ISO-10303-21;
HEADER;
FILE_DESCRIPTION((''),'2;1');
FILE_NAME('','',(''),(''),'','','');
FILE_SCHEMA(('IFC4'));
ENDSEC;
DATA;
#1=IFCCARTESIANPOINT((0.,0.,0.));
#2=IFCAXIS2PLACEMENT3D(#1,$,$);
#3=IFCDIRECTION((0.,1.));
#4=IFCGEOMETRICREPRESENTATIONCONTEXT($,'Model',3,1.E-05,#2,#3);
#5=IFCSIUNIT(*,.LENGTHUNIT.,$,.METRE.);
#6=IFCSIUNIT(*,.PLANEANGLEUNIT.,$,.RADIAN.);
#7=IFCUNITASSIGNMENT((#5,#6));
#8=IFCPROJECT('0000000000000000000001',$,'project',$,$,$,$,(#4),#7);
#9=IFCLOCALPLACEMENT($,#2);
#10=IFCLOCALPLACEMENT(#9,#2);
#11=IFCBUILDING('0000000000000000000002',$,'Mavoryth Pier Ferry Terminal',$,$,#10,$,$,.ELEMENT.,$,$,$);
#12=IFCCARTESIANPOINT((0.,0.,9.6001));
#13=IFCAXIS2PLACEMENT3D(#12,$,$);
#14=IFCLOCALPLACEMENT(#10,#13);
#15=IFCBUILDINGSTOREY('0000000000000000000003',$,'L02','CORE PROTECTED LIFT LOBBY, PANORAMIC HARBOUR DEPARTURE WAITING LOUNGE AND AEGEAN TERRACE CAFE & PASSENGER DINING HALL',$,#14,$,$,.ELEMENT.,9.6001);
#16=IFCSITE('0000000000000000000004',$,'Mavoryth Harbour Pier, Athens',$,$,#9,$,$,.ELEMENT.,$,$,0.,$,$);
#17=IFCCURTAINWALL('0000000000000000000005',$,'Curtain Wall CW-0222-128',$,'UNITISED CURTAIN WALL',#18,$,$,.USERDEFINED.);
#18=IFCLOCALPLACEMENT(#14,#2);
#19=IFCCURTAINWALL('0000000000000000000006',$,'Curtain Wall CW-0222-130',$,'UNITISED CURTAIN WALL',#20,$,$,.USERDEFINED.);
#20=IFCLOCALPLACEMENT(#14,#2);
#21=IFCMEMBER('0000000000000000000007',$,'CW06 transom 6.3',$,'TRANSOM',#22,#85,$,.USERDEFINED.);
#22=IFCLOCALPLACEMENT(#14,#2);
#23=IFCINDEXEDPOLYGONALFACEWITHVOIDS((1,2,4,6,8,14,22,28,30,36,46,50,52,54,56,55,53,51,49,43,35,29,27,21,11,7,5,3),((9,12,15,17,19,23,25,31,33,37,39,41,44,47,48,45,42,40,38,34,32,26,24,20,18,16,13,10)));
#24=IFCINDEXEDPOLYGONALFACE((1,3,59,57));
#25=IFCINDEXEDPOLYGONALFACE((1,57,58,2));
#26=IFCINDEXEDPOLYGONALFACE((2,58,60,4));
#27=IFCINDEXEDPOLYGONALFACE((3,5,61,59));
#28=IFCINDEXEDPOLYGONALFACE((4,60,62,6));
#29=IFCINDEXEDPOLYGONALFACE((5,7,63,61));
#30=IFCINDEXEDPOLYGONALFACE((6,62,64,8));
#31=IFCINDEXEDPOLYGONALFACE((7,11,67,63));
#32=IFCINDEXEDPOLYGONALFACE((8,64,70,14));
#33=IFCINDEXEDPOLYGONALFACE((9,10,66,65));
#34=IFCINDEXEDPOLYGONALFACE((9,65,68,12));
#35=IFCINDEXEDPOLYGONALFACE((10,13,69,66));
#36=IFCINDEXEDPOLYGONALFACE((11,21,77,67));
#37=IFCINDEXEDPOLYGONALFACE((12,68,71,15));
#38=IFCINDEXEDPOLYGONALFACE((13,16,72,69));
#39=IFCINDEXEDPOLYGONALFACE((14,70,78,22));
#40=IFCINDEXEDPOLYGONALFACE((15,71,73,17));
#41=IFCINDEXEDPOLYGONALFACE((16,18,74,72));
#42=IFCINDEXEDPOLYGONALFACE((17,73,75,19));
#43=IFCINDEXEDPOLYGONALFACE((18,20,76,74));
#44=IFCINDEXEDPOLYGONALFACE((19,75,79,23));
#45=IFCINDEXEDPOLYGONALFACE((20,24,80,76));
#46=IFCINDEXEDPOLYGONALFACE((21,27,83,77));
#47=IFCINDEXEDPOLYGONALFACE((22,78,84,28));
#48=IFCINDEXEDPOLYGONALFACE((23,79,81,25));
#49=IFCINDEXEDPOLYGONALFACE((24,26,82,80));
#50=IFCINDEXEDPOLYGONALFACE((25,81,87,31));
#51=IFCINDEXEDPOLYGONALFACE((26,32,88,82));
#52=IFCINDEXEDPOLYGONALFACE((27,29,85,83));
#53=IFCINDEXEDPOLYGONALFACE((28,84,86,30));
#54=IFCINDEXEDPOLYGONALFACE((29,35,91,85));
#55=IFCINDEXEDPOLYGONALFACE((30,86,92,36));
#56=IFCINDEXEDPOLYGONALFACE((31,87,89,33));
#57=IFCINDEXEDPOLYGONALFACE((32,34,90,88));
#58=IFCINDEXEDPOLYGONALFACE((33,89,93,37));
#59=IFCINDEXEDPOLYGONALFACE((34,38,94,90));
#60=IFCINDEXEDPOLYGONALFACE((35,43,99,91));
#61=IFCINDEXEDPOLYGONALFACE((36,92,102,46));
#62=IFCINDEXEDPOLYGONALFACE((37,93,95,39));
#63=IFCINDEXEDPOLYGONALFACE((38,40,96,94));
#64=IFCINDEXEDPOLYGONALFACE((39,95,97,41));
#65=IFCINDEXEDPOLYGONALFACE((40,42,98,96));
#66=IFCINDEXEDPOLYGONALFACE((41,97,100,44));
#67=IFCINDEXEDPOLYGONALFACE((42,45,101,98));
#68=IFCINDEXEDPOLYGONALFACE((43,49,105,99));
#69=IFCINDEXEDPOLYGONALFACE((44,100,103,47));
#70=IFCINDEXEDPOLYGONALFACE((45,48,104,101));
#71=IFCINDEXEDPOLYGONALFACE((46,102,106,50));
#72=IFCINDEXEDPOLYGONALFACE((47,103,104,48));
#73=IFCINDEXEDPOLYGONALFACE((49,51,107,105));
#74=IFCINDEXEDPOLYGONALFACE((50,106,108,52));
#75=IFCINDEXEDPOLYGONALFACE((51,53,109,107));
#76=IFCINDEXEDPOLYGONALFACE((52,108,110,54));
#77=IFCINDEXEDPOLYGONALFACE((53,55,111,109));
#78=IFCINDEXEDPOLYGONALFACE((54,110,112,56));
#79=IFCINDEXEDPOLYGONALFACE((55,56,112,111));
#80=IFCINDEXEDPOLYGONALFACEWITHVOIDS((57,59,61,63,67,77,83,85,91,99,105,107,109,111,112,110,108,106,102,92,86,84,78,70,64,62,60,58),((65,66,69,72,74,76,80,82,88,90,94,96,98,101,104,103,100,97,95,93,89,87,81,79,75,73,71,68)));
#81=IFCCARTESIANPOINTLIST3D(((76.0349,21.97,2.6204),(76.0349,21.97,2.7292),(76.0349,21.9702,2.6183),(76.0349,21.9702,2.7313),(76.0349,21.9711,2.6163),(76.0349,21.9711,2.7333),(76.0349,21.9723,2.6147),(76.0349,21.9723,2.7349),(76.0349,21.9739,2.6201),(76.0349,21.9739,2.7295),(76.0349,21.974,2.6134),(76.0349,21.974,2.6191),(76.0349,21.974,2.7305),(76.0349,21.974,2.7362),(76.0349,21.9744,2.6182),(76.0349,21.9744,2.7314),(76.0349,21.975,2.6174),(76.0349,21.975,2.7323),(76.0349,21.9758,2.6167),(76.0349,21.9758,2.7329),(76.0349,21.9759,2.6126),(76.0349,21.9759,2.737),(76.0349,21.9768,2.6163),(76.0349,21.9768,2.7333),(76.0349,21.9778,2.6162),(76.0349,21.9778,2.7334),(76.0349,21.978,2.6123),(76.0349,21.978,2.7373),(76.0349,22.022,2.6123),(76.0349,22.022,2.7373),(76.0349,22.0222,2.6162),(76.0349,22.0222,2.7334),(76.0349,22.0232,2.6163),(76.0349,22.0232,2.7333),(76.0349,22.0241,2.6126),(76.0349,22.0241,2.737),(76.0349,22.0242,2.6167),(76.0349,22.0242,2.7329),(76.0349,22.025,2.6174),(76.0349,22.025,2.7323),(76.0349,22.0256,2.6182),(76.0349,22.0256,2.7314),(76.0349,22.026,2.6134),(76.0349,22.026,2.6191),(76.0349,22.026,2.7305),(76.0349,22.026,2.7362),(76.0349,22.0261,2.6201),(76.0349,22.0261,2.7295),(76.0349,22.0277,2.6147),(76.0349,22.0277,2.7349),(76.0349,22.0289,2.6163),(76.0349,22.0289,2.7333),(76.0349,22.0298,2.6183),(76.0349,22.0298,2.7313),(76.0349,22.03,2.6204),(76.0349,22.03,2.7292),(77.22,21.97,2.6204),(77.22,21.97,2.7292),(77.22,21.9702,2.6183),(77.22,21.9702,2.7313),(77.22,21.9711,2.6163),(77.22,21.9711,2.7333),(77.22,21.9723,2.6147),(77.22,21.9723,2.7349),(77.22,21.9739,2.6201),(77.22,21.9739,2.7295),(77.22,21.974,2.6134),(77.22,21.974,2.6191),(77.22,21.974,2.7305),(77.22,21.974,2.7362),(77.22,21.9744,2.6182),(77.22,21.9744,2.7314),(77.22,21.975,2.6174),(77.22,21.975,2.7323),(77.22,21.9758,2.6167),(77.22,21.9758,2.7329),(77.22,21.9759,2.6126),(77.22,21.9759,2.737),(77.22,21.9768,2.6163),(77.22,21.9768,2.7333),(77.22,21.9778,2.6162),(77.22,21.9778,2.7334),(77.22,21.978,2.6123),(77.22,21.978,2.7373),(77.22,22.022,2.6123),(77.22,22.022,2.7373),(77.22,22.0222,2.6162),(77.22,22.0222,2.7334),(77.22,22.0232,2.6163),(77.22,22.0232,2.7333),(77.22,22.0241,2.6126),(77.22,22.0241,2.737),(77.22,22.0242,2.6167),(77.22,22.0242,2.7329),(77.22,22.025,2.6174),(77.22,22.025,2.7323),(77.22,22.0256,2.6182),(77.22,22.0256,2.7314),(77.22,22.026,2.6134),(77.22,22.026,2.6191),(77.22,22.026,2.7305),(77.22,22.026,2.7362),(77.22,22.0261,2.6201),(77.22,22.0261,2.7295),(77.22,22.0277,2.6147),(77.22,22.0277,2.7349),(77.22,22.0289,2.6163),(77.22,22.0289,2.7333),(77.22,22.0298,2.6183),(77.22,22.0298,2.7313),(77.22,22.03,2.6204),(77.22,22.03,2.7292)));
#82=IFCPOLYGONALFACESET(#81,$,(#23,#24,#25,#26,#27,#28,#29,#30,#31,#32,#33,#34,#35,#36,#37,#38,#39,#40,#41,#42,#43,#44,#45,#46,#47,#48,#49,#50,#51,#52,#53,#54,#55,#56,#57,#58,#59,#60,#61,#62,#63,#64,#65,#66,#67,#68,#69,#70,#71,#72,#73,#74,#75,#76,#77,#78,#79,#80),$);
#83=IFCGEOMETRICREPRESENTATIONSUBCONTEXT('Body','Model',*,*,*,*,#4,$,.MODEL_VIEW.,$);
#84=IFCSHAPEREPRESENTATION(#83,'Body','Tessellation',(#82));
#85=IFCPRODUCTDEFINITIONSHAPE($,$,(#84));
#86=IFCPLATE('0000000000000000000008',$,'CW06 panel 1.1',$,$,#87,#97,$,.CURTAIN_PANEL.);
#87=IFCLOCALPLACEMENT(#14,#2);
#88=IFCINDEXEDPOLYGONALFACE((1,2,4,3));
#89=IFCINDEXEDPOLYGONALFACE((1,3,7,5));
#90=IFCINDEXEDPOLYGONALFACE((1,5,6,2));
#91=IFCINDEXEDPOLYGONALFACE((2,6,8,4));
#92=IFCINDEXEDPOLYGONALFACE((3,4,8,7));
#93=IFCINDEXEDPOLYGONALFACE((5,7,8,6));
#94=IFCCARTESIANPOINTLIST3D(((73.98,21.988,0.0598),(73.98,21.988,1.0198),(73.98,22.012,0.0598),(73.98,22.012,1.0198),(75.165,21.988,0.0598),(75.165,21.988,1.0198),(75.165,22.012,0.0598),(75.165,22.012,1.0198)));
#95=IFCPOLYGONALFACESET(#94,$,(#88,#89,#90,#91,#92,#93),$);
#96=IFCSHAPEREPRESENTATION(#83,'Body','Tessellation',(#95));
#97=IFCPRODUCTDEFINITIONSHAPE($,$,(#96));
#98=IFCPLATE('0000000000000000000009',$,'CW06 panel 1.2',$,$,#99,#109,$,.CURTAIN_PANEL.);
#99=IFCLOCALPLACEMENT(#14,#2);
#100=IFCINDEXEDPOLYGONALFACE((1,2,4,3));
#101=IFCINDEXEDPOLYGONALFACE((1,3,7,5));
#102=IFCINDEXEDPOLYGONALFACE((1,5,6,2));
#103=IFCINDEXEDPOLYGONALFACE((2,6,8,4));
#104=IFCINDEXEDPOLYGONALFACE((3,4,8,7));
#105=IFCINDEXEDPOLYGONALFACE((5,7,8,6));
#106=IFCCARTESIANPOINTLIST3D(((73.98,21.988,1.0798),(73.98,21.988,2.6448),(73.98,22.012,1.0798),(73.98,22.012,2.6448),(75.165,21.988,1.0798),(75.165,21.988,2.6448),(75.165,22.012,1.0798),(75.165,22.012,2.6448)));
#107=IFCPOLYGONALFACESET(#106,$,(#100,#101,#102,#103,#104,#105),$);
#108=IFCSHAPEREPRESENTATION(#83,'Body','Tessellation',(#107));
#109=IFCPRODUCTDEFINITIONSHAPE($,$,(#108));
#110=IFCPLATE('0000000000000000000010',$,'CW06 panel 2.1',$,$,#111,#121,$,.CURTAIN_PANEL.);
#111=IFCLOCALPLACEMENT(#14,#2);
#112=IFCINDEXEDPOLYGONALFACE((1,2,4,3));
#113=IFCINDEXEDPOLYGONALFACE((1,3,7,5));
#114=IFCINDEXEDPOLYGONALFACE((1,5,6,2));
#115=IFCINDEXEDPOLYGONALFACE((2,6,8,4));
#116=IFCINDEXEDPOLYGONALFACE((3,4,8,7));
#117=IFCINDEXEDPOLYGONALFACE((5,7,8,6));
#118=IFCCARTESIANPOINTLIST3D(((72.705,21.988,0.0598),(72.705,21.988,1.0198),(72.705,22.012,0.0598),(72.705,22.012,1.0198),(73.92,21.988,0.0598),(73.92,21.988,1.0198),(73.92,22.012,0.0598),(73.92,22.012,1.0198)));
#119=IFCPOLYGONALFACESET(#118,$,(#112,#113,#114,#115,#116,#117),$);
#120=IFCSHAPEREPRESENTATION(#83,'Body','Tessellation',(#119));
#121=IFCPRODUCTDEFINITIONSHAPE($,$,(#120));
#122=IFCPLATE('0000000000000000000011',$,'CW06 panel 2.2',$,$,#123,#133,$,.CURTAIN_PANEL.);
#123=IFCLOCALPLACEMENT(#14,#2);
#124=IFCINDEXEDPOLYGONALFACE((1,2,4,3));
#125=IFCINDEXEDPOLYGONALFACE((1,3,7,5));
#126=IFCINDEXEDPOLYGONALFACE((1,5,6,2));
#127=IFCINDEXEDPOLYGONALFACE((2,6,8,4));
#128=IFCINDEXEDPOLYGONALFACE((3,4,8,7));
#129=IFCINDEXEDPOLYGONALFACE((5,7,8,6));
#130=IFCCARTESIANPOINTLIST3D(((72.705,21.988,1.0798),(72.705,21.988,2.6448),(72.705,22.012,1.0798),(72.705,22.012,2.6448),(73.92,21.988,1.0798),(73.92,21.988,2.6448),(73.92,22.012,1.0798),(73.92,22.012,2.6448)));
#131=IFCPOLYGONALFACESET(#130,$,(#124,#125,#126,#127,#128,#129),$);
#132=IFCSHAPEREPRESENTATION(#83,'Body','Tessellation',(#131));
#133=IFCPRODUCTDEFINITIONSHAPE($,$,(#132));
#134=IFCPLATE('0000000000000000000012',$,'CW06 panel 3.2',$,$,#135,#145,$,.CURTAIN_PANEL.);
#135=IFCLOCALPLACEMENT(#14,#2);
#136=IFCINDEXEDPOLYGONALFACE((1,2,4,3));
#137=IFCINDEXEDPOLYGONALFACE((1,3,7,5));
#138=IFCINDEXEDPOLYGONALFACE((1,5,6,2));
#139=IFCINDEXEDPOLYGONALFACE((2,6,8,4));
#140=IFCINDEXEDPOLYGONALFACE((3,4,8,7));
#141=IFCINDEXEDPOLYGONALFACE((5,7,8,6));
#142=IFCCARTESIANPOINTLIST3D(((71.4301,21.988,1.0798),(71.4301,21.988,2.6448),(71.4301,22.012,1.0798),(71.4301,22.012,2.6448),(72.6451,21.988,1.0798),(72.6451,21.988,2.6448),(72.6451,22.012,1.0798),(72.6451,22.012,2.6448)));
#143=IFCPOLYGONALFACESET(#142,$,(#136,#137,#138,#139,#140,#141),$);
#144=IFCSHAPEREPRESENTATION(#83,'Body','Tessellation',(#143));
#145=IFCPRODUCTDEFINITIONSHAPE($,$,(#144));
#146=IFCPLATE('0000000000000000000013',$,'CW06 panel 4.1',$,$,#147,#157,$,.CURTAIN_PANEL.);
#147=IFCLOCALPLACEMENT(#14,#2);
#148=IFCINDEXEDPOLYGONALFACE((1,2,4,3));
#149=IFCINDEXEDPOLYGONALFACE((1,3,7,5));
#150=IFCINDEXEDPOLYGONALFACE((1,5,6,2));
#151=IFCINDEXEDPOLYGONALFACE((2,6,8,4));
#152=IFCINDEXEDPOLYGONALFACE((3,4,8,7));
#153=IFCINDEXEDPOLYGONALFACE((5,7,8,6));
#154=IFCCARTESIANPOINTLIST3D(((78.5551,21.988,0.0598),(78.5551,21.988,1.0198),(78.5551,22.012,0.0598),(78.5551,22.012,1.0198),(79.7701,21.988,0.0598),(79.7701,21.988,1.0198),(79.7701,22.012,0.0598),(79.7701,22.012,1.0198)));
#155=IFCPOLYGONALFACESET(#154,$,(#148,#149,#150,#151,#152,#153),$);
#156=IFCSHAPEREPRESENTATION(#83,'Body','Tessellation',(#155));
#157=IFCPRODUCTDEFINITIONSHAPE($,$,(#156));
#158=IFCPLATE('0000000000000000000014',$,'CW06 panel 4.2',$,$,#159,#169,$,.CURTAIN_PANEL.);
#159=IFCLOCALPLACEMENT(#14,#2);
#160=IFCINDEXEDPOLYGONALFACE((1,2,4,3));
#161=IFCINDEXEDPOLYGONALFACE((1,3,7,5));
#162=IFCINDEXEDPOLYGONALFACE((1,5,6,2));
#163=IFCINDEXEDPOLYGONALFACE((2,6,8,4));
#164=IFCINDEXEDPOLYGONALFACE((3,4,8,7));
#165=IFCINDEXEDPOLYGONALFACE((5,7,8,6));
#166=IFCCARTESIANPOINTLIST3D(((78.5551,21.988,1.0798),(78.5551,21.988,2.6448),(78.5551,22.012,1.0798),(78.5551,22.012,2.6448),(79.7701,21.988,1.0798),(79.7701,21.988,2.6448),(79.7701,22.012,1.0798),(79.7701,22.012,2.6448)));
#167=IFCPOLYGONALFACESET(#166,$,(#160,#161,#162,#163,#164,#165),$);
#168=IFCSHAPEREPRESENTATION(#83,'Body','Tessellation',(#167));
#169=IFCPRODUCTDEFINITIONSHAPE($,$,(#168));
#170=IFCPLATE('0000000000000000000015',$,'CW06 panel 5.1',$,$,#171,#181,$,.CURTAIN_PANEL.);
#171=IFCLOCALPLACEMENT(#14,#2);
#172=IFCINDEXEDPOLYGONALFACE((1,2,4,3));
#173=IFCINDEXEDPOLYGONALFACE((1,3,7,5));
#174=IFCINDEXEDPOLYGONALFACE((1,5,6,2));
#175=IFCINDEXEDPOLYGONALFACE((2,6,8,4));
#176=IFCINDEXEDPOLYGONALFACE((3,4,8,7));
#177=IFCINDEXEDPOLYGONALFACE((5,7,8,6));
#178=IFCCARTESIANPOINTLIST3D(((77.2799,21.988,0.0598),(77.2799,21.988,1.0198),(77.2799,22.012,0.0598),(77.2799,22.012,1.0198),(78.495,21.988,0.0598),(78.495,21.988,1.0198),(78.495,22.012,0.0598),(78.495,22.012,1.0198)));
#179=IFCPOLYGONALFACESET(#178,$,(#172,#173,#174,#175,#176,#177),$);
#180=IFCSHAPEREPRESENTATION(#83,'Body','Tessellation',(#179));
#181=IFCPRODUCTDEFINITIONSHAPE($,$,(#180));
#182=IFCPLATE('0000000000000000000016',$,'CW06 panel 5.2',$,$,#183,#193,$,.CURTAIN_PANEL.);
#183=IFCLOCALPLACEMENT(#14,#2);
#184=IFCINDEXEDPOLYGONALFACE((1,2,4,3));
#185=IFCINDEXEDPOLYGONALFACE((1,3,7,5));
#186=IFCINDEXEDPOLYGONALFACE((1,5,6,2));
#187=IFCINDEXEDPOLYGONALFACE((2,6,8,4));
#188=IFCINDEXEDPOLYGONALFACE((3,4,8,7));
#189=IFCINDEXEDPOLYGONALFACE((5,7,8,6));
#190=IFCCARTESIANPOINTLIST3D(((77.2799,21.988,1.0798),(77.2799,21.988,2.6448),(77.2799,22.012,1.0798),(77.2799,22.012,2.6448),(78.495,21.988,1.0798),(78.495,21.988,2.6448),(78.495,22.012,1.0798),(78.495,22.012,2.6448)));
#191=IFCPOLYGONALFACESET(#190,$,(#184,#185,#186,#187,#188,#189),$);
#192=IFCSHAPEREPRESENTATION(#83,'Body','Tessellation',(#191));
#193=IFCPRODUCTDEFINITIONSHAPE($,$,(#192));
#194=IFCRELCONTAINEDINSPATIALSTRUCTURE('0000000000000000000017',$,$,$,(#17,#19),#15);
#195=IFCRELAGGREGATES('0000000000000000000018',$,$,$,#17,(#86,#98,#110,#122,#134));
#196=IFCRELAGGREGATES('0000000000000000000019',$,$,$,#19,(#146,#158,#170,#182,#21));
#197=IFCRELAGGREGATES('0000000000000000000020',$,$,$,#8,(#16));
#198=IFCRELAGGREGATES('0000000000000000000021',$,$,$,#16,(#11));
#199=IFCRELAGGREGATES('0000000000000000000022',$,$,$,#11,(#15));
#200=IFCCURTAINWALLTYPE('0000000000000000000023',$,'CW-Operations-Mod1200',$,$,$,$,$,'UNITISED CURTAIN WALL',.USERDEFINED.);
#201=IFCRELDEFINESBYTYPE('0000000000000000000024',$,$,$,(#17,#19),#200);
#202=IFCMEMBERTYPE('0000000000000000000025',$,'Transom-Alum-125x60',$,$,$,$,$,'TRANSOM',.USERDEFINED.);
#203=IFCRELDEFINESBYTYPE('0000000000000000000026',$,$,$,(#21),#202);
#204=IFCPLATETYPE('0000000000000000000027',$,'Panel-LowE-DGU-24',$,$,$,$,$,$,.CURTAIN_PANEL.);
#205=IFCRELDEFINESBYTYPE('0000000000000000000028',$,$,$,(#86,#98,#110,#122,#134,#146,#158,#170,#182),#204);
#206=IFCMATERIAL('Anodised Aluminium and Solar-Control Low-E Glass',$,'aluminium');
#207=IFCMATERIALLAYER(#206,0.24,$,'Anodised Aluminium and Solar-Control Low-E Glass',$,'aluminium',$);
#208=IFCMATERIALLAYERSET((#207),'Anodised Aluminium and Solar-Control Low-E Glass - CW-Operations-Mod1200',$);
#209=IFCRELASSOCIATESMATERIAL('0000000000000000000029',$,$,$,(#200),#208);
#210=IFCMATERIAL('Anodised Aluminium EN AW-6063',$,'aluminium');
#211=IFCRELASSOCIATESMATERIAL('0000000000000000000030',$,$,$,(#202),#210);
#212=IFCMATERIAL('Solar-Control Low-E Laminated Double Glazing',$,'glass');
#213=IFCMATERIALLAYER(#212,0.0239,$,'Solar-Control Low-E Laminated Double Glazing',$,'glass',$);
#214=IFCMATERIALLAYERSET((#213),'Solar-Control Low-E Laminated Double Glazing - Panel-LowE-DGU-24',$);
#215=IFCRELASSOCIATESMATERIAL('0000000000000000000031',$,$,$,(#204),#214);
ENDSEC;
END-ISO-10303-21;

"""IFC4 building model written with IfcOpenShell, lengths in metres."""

from ifc_helpers import new_model, si_unit, direction, frame, origin, origin_2d, place, context, subcontext, project, spatial, rectangle, hollow_rectangle, extrude, material, layer, layer_set, material_profile, profile_set, type_object, element, aggregate, save


model = new_model("IFC4")

# Units and contexts
model_context = context("Model", 3, precision=1e-05, world=origin(), true_north=direction((0.0, 1.0)))
body_context = subcontext(model_context, "Body", "Model", "MODEL_VIEW")
ifc_project = project(units=[si_unit("LENGTHUNIT", "METRE"), si_unit("PLANEANGLEUNIT", "RADIAN")], contexts=[model_context])

# Site, building, storey
site_placement = place(None, origin())
site = spatial("IfcSite", under=ifc_project, at=site_placement, Name="Mavoryth Harbour Pier, Athens", CompositionType="ELEMENT", RefElevation=0.0)
building_placement = place(site_placement, origin())
building = spatial("IfcBuilding", under=site, at=building_placement, Name="Mavoryth Pier Ferry Terminal", CompositionType="ELEMENT")
storey_placement = place(building_placement, frame((0.0, 0.0, 9.6001)))
storey = spatial("IfcBuildingStorey", under=building, at=storey_placement, Name="L02", Description="CORE PROTECTED LIFT LOBBY, PANORAMIC HARBOUR DEPARTURE WAITING LOUNGE AND AEGEAN TERRACE CAFE & PASSENGER DINING HALL", CompositionType="ELEMENT", Elevation=9.6001)

# Curtain walls
ifc_material_1 = material(Name="Anodised Aluminium and Solar-Control Low-E Glass", Category="aluminium")
ifc_layer_1 = layer(ifc_material_1, 0.24, Name="Anodised Aluminium and Solar-Control Low-E Glass", Category="aluminium")
ifc_layer_set_1 = layer_set([ifc_layer_1], Name="Anodised Aluminium and Solar-Control Low-E Glass - CW-Operations-Mod1200")
curtain_wall_type = type_object("IfcCurtainWallType", Name="CW-Operations-Mod1200", ElementType="UNITISED CURTAIN WALL", PredefinedType="USERDEFINED", material=ifc_layer_set_1)
curtain_wall_1_placement = place(storey_placement, origin())
curtain_wall_1 = element("IfcCurtainWall", 1, at=curtain_wall_1_placement, inside=storey, type_object=curtain_wall_type, Name="Curtain Wall CW-0222-128", ObjectType="UNITISED CURTAIN WALL", PredefinedType="USERDEFINED")
ifc_material_2 = material(Name="Anodised Aluminium EN AW-6063", Category="aluminium")
curtain_wall_2_placement = place(storey_placement, origin())
curtain_wall_2 = element("IfcCurtainWall", 2, at=curtain_wall_2_placement, inside=storey, type_object=curtain_wall_type, Name="Curtain Wall CW-0222-130", ObjectType="UNITISED CURTAIN WALL", PredefinedType="USERDEFINED")

# Member
ifc_material_profile_1 = material_profile(ifc_material_2, hollow_rectangle(XDim=0.0601, YDim=0.125, WallThickness=0.0039, InnerFilletRadius=0.0039, OuterFilletRadius=0.0081, at=origin_2d()), Name="AL-TRAN 125x60x4", Category="aluminium")
ifc_profile_set_1 = profile_set([ifc_material_profile_1], Name="Anodised Aluminium EN AW-6063 - AL-TRAN 125x60x4")
member_type_1 = type_object("IfcMemberType", Name="Transom-Alum-125x60", ElementType="TRANSOM", PredefinedType="USERDEFINED", material=ifc_profile_set_1)
member_1_placement = place(storey_placement, frame((77.22, 22.0, 2.6748), z_axis=(-1.0, 0.0, 0.0), x_axis=(0.0, -1.0, 0.0)))
member_1 = element("IfcMember", 3, at=member_1_placement, type_object=member_type_1, Name="CW06 transom 6.3", ObjectType="TRANSOM", PredefinedType="USERDEFINED", context=body_context, shape_type="SweptSolid", body=[
    extrude(hollow_rectangle(XDim=0.0601, YDim=0.125, WallThickness=0.0039, InnerFilletRadius=0.0039, OuterFilletRadius=0.0081, at=origin_2d()), origin(), (0.0, 0.0, 1.0), 1.1851),
])

# Plates
ifc_material_3 = material(Name="Solar-Control Low-E Laminated Double Glazing", Category="glass")
ifc_layer_2 = layer(ifc_material_3, 0.0239, Name="Solar-Control Low-E Laminated Double Glazing", Category="glass")
ifc_layer_set_2 = layer_set([ifc_layer_2], Name="Solar-Control Low-E Laminated Double Glazing - Panel-LowE-DGU-24")
plate_type = type_object("IfcPlateType", Name="Panel-LowE-DGU-24", PredefinedType="CURTAIN_PANEL", material=ifc_layer_set_2)
plate_1_placement = place(storey_placement, frame((74.5725, 22.0, 0.0598), z_axis=(0.0, 0.0, 1.0), x_axis=(-1.0, 0.0, 0.0)))
plate_1 = element("IfcPlate", 4, at=plate_1_placement, type_object=plate_type, Name="CW06 panel 1.1", PredefinedType="CURTAIN_PANEL", context=body_context, shape_type="SweptSolid", body=[
    extrude(rectangle(XDim=1.1851, YDim=0.0239, at=origin_2d()), origin(), (0.0, 0.0, 1.0), 0.96),
])
plate_2_placement = place(storey_placement, frame((74.5725, 22.0, 1.0798), z_axis=(0.0, 0.0, 1.0), x_axis=(-1.0, 0.0, 0.0)))
plate_2 = element("IfcPlate", 5, at=plate_2_placement, type_object=plate_type, Name="CW06 panel 1.2", PredefinedType="CURTAIN_PANEL", context=body_context, shape_type="SweptSolid", body=[
    extrude(rectangle(XDim=1.1851, YDim=0.0239, at=origin_2d()), origin(), (0.0, 0.0, 1.0), 1.5649),
])
plate_3_placement = place(storey_placement, frame((73.3125, 22.0, 0.0598), z_axis=(0.0, 0.0, 1.0), x_axis=(-1.0, 0.0, 0.0)))
plate_3 = element("IfcPlate", 6, at=plate_3_placement, type_object=plate_type, Name="CW06 panel 2.1", PredefinedType="CURTAIN_PANEL", context=body_context, shape_type="SweptSolid", body=[
    extrude(rectangle(XDim=1.2151, YDim=0.0239, at=origin_2d()), origin(), (0.0, 0.0, 1.0), 0.96),
])
plate_4_placement = place(storey_placement, frame((73.3125, 22.0, 1.0798), z_axis=(0.0, 0.0, 1.0), x_axis=(-1.0, 0.0, 0.0)))
plate_4 = element("IfcPlate", 7, at=plate_4_placement, type_object=plate_type, Name="CW06 panel 2.2", PredefinedType="CURTAIN_PANEL", context=body_context, shape_type="SweptSolid", body=[
    extrude(rectangle(XDim=1.2151, YDim=0.0239, at=origin_2d()), origin(), (0.0, 0.0, 1.0), 1.5649),
])
plate_5_placement = place(storey_placement, frame((72.0376, 22.0, 1.0798), z_axis=(0.0, 0.0, 1.0), x_axis=(-1.0, 0.0, 0.0)))
plate_5 = element("IfcPlate", 8, at=plate_5_placement, type_object=plate_type, Name="CW06 panel 3.2", PredefinedType="CURTAIN_PANEL", context=body_context, shape_type="SweptSolid", body=[
    extrude(rectangle(XDim=1.2151, YDim=0.0239, at=origin_2d()), origin(), (0.0, 0.0, 1.0), 1.5649),
])
aggregate(curtain_wall_1, [plate_1, plate_2, plate_3, plate_4, plate_5])
plate_6_placement = place(storey_placement, frame((79.1626, 22.0, 0.0598), z_axis=(0.0, 0.0, 1.0), x_axis=(-1.0, 0.0, 0.0)))
plate_6 = element("IfcPlate", 9, at=plate_6_placement, type_object=plate_type, Name="CW06 panel 4.1", PredefinedType="CURTAIN_PANEL", context=body_context, shape_type="SweptSolid", body=[
    extrude(rectangle(XDim=1.2151, YDim=0.0239, at=origin_2d()), origin(), (0.0, 0.0, 1.0), 0.96),
])
plate_7_placement = place(storey_placement, frame((79.1626, 22.0, 1.0798), z_axis=(0.0, 0.0, 1.0), x_axis=(-1.0, 0.0, 0.0)))
plate_7 = element("IfcPlate", 10, at=plate_7_placement, type_object=plate_type, Name="CW06 panel 4.2", PredefinedType="CURTAIN_PANEL", context=body_context, shape_type="SweptSolid", body=[
    extrude(rectangle(XDim=1.2151, YDim=0.0239, at=origin_2d()), origin(), (0.0, 0.0, 1.0), 1.5649),
])
plate_8_placement = place(storey_placement, frame((77.8875, 22.0, 0.0598), z_axis=(0.0, 0.0, 1.0), x_axis=(-1.0, 0.0, 0.0)))
plate_8 = element("IfcPlate", 11, at=plate_8_placement, type_object=plate_type, Name="CW06 panel 5.1", PredefinedType="CURTAIN_PANEL", context=body_context, shape_type="SweptSolid", body=[
    extrude(rectangle(XDim=1.2151, YDim=0.0239, at=origin_2d()), origin(), (0.0, 0.0, 1.0), 0.96),
])
plate_9_placement = place(storey_placement, frame((77.8875, 22.0, 1.0798), z_axis=(0.0, 0.0, 1.0), x_axis=(-1.0, 0.0, 0.0)))
plate_9 = element("IfcPlate", 12, at=plate_9_placement, type_object=plate_type, Name="CW06 panel 5.2", PredefinedType="CURTAIN_PANEL", context=body_context, shape_type="SweptSolid", body=[
    extrude(rectangle(XDim=1.2151, YDim=0.0239, at=origin_2d()), origin(), (0.0, 0.0, 1.0), 1.5649),
])
aggregate(curtain_wall_2, [plate_6, plate_7, plate_8, plate_9, member_1])

save(model, "model.ifc")
